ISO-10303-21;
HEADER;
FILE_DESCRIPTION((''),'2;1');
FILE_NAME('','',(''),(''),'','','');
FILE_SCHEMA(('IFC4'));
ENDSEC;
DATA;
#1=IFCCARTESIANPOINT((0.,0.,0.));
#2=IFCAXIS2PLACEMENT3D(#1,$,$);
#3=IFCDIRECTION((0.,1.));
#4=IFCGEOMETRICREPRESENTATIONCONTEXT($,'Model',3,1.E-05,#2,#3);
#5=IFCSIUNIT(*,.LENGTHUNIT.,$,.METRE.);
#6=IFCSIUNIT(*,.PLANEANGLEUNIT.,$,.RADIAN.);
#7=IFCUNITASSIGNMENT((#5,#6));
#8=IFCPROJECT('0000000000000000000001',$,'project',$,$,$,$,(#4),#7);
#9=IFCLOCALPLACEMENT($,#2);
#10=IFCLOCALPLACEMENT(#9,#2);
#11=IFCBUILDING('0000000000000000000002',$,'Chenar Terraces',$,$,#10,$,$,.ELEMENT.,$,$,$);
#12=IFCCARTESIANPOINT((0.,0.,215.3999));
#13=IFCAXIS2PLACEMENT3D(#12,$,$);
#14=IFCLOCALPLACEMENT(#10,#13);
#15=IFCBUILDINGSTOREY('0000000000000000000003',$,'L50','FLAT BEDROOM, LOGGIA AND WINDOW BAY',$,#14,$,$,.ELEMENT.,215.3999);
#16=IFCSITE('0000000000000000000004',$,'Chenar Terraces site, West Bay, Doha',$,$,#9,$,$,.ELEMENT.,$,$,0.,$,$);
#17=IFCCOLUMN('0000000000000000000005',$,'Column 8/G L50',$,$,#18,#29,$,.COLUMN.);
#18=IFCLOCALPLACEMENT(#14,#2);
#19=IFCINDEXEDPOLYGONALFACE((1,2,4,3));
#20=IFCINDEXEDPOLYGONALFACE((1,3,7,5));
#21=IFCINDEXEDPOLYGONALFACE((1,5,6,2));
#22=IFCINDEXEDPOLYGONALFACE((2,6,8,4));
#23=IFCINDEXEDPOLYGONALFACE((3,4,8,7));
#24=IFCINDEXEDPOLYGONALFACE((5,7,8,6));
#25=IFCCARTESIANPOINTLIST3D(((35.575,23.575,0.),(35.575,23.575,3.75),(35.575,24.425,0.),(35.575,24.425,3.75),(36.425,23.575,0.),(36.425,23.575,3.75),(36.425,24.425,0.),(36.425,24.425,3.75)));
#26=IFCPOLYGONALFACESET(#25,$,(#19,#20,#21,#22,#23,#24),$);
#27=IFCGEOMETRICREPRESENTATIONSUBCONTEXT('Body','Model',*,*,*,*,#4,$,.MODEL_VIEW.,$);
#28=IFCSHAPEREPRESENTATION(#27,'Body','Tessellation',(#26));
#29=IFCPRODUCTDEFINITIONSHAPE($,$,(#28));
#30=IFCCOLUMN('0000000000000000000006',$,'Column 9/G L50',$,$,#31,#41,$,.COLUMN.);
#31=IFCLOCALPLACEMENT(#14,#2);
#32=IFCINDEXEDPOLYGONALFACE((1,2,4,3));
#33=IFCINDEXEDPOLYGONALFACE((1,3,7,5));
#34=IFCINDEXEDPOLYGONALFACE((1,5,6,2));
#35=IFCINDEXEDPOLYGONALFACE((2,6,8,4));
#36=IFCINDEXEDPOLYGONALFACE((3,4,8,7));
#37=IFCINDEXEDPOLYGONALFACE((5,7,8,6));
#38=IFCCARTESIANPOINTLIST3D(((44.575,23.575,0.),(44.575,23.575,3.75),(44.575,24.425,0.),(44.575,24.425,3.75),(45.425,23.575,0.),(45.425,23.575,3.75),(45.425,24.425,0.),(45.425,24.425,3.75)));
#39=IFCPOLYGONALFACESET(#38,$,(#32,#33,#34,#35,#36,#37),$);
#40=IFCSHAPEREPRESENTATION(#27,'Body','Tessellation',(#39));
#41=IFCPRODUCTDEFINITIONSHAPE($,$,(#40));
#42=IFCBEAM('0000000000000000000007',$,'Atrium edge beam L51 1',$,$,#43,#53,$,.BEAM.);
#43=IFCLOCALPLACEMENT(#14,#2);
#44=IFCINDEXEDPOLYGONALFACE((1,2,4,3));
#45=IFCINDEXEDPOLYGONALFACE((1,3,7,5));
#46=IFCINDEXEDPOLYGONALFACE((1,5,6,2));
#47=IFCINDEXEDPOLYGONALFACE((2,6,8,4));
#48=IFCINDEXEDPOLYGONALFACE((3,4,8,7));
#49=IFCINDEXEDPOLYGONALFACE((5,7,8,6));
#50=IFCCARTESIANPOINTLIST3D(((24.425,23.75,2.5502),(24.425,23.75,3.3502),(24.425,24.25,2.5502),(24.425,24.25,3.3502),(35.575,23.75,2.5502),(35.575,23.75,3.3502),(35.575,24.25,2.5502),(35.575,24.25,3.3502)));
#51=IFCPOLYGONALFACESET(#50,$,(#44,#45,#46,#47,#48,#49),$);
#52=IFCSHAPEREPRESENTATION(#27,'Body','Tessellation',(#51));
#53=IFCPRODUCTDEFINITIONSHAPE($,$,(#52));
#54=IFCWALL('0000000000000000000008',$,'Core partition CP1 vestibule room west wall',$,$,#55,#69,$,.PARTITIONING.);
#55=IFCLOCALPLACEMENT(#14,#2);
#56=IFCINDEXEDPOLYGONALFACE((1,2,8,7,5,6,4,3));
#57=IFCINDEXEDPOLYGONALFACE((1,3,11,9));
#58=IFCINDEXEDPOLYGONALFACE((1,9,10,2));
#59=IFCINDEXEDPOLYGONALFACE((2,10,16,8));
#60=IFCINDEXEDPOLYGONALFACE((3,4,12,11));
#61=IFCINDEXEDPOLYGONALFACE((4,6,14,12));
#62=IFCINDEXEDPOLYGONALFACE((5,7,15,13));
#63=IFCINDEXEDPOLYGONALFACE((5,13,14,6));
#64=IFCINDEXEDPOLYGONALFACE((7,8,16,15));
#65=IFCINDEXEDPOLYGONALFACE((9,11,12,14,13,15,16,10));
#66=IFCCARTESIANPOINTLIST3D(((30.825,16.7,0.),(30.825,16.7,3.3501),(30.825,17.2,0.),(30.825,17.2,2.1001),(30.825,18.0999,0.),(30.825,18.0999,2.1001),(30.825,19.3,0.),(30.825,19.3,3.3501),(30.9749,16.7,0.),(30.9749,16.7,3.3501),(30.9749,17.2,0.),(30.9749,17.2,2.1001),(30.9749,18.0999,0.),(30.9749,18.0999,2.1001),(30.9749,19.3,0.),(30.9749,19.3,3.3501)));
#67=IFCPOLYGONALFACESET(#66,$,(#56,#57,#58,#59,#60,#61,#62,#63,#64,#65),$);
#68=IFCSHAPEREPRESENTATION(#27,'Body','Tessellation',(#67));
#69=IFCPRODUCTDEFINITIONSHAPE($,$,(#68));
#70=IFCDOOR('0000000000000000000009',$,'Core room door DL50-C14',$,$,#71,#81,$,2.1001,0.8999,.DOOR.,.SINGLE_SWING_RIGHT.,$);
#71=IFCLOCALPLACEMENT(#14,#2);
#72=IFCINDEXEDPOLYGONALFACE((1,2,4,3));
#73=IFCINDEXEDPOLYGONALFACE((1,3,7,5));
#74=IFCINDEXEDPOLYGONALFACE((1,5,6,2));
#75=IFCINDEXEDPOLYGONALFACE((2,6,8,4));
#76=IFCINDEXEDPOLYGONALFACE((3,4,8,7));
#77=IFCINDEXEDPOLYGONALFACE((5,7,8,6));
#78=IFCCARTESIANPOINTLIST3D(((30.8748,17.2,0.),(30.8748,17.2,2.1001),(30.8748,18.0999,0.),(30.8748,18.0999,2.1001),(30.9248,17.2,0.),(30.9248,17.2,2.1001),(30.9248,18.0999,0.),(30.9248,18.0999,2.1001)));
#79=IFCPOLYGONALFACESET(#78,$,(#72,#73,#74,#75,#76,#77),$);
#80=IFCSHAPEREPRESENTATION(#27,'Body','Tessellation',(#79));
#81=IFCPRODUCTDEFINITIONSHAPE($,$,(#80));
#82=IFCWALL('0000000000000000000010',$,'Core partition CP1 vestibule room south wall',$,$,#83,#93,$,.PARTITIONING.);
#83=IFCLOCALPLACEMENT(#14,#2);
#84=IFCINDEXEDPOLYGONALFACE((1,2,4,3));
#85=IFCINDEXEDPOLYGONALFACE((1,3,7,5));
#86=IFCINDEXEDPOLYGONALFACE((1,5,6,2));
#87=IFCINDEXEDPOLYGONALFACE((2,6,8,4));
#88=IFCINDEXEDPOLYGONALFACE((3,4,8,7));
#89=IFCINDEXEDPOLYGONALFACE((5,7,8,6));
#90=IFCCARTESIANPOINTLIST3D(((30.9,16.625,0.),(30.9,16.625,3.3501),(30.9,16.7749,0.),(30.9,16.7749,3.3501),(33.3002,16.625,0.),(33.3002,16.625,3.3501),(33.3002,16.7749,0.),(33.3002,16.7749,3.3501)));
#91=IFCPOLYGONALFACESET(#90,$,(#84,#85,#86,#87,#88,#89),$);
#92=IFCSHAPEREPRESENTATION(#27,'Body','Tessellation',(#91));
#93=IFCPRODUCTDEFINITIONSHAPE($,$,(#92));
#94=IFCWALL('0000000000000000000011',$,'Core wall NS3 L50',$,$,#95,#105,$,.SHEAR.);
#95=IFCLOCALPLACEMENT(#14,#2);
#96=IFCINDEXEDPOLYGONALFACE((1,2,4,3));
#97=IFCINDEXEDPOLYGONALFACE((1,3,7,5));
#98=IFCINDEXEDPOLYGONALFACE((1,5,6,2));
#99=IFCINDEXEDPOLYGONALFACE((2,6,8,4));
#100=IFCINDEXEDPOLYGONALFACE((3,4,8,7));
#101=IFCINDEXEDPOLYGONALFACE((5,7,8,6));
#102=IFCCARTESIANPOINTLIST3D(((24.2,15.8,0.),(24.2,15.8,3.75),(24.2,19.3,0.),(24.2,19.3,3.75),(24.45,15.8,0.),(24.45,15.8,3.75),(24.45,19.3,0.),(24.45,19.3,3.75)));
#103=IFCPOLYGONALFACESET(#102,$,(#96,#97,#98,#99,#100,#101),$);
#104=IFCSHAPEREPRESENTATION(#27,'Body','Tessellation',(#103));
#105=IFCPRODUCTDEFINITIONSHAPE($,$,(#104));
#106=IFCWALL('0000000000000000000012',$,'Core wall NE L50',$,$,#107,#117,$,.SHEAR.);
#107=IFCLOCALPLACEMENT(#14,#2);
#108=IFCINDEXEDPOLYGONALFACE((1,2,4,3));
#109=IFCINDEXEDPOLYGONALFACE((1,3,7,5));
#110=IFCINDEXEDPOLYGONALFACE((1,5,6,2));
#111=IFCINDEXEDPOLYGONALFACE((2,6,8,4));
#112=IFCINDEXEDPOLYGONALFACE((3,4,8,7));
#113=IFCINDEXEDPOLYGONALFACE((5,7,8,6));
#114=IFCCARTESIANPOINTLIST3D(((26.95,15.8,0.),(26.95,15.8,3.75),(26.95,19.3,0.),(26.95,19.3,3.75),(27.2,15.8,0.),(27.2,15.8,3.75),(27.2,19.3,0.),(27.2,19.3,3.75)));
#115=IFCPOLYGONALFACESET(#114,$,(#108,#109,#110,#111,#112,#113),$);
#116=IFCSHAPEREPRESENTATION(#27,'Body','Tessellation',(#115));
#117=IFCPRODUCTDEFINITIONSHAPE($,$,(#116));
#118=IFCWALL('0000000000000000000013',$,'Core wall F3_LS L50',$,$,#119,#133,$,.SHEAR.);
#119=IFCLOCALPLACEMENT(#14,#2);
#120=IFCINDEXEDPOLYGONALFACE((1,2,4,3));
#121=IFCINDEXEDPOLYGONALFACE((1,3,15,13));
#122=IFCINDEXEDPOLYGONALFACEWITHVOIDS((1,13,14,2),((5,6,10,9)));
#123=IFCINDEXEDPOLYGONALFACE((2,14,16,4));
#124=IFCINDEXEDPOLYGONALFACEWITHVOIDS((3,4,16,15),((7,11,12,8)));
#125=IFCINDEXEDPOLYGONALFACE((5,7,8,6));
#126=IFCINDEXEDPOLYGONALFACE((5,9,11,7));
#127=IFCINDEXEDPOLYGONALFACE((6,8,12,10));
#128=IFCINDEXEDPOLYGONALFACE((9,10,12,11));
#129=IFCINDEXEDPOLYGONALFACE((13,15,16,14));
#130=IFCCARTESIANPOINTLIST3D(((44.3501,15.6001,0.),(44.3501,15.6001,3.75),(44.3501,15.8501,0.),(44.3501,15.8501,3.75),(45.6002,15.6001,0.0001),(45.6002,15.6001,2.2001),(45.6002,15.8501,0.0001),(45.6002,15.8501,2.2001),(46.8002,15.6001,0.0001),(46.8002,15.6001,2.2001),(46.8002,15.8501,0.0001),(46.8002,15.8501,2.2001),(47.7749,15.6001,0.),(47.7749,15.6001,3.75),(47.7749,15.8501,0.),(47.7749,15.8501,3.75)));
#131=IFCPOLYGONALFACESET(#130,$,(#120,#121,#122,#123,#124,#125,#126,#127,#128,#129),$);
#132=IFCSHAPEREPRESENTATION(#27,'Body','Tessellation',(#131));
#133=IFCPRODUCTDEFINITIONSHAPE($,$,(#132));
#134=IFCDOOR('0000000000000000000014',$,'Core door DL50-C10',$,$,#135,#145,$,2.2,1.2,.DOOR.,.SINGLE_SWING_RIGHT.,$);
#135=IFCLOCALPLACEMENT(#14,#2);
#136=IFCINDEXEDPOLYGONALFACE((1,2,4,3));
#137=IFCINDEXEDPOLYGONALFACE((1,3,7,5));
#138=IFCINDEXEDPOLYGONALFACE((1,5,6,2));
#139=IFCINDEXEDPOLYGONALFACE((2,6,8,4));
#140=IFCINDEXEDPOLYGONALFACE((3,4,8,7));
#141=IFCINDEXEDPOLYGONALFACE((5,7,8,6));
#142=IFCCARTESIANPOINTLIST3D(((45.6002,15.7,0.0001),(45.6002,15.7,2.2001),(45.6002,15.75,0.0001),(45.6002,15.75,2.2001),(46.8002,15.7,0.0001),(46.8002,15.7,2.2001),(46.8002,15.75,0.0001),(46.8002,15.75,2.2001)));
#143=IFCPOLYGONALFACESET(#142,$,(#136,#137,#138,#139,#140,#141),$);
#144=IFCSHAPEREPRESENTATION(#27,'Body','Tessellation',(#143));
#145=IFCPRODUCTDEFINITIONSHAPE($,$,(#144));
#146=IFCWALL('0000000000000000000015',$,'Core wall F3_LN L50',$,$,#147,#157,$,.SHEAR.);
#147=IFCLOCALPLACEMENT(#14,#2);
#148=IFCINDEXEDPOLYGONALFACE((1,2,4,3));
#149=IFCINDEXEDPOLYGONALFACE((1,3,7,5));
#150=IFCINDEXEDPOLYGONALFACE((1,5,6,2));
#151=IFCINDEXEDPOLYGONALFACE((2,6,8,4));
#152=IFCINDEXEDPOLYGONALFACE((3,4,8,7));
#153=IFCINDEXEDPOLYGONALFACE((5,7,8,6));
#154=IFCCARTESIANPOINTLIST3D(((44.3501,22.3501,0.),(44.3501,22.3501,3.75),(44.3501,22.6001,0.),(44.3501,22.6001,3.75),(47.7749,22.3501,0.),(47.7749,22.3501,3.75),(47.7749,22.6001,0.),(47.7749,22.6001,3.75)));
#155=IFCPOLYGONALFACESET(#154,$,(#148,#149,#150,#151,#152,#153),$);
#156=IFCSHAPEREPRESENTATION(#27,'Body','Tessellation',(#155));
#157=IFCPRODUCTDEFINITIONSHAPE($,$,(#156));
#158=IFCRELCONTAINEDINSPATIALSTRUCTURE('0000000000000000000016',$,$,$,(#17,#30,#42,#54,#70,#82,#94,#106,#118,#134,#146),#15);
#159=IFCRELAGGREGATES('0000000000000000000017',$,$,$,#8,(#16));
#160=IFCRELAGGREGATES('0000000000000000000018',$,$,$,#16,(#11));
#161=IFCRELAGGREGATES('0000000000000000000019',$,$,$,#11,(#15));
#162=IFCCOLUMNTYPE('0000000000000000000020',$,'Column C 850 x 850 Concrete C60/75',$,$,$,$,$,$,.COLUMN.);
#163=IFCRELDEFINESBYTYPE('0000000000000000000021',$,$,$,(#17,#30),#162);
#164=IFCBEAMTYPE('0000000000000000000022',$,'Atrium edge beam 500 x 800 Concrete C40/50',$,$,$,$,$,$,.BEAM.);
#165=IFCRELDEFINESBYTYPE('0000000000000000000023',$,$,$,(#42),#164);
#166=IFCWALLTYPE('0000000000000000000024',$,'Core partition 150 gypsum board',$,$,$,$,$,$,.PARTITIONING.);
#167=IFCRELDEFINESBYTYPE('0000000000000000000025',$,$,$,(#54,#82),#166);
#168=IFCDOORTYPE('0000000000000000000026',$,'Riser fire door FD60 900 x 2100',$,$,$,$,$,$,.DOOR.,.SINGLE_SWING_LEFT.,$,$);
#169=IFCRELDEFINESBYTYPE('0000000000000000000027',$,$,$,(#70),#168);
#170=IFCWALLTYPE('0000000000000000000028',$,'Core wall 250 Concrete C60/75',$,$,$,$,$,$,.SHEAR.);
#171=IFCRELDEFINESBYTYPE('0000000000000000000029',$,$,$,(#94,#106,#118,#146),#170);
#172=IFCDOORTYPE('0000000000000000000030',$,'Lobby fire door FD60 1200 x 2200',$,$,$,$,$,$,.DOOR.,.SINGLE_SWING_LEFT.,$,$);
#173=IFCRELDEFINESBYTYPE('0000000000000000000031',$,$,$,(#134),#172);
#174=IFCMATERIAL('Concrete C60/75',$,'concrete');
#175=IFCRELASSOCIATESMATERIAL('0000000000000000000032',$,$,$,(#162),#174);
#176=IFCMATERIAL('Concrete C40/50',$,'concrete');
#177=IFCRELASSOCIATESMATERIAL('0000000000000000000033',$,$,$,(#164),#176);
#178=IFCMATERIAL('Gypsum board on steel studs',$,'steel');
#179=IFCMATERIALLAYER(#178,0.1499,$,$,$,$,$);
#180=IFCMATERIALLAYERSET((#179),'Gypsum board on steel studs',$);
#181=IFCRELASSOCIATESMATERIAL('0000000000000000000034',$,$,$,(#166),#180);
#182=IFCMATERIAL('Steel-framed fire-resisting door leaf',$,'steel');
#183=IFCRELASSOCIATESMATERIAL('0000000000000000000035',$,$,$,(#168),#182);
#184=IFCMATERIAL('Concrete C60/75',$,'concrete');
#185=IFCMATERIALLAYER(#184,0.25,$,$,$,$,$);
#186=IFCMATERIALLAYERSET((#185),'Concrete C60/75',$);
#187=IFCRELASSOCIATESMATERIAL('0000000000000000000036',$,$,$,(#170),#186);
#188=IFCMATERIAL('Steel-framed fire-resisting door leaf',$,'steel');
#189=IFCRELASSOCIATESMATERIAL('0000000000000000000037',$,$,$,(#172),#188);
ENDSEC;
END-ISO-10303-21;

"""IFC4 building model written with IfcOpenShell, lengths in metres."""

from ifc_helpers import new_model, si_unit, direction, frame, frame_2d, origin, origin_2d, place, context, subcontext, project, spatial, rectangle, extrude, material, layer, layer_set, material_profile, profile_set, type_object, element, fill, save


model = new_model("IFC4")

# Units and contexts
model_context = context("Model", 3, precision=1e-05, world=origin(), true_north=direction((0.0, 1.0)))
body_context = subcontext(model_context, "Body", "Model", "MODEL_VIEW")
ifc_project = project(units=[si_unit("LENGTHUNIT", "METRE"), si_unit("PLANEANGLEUNIT", "RADIAN")], contexts=[model_context])

# Site, building, storey
site_placement = place(None, origin())
site = spatial("IfcSite", under=ifc_project, at=site_placement, Name="Chenar Terraces site, West Bay, Doha", CompositionType="ELEMENT", RefElevation=0.0)
building_placement = place(site_placement, origin())
building = spatial("IfcBuilding", under=site, at=building_placement, Name="Chenar Terraces", CompositionType="ELEMENT")
storey_placement = place(building_placement, frame((0.0, 0.0, 215.3999)))
storey = spatial("IfcBuildingStorey", under=building, at=storey_placement, Name="L50", Description="FLAT BEDROOM, LOGGIA AND WINDOW BAY", CompositionType="ELEMENT", Elevation=215.3999)

# Columns
ifc_material_1 = material(Name="Concrete C60/75", Category="concrete")
ifc_material_profile_1 = material_profile(ifc_material_1, rectangle(XDim=0.8501, YDim=0.8501, at=origin_2d()), Name="C 850 x 850")
ifc_profile_set_1 = profile_set([ifc_material_profile_1], Name="Concrete C60/75")
column_type = type_object("IfcColumnType", Name="Column C 850 x 850 Concrete C60/75", PredefinedType="COLUMN", material=ifc_profile_set_1)
for number, where, z_axis, x_axis, name in (
    (1, (36.0, 24.0, 0.0), (0.0, 0.0, 1.0), (1.0, 0.0, 0.0), "Column 8/G L50"),
    (2, (45.0, 24.0, 0.0), (0.0, 0.0, 1.0), (1.0, 0.0, 0.0), "Column 9/G L50"),
):
    element("IfcColumn", number, at=place(storey_placement, frame(where, z_axis=z_axis, x_axis=x_axis)), inside=storey, type_object=column_type, Name=name, PredefinedType="COLUMN", context=body_context, shape_type="SweptSolid", body=[
        extrude(rectangle(XDim=0.8501, YDim=0.8501, at=origin_2d()), origin(), (0.0, 0.0, 1.0), 3.75),
    ])

# Beam
ifc_material_2 = material(Name="Concrete C40/50", Category="concrete")
ifc_material_profile_2 = material_profile(ifc_material_2, rectangle(XDim=0.5, YDim=0.8, at=origin_2d()), Name="RC 500 x 800")
ifc_profile_set_2 = profile_set([ifc_material_profile_2], Name="Concrete C40/50")
beam_type = type_object("IfcBeamType", Name="Atrium edge beam 500 x 800 Concrete C40/50", PredefinedType="BEAM", material=ifc_profile_set_2)
beam_placement = place(storey_placement, frame((24.425, 24.0, 2.9502), z_axis=(1.0, 0.0, 0.0), x_axis=(0.0, 1.0, 0.0)))
element("IfcBeam", 3, at=beam_placement, inside=storey, type_object=beam_type, Name="Atrium edge beam L51 1", PredefinedType="BEAM", context=body_context, shape_type="SweptSolid", body=[
    extrude(rectangle(XDim=0.5, YDim=0.8, at=origin_2d()), origin(), (0.0, 0.0, 1.0), 11.1499),
])

# Wall, opening, door
ifc_material_3 = material(Name="Gypsum board on steel studs", Category="steel")
ifc_layer_1 = layer(ifc_material_3, 0.1499)
ifc_layer_set_1 = layer_set([ifc_layer_1], Name="Gypsum board on steel studs")
wall_type_1 = type_object("IfcWallType", Name="Core partition 150 gypsum board", PredefinedType="PARTITIONING", material=ifc_layer_set_1)
wall_1_placement = place(storey_placement, frame((30.8999, 16.7, 0.0), z_axis=(0.0, 0.0, 1.0), x_axis=(0.0, 1.0, 0.0)))
wall_1 = element("IfcWall", 4, at=wall_1_placement, inside=storey, type_object=wall_type_1, Name="Core partition CP1 vestibule room west wall", PredefinedType="PARTITIONING", context=body_context, shape_type="SweptSolid", body=[
    extrude(rectangle(XDim=2.6001, YDim=0.1499, at=frame_2d((1.3, 0.0))), origin(), (0.0, 0.0, 1.0), 3.3501),
])
opening_1_placement = place(wall_1_placement, frame((0.5, 0.0, 0.0)))
opening_1 = element("IfcOpeningElement", 5, at=opening_1_placement, cuts=wall_1, PredefinedType="OPENING", context=body_context, shape_type="SweptSolid", body=[
    extrude(rectangle(XDim=0.8999, YDim=2.1001, at=frame_2d((0.45, 1.05))), frame((0.0, 0.085, 0.0), z_axis=(0.0, -1.0, 0.0), x_axis=(1.0, 0.0, 0.0)), (0.0, 0.0, 1.0), 0.1699),
])
ifc_material_4 = material(Name="Steel-framed fire-resisting door leaf", Category="steel")
door_type_1 = type_object("IfcDoorType", Name="Riser fire door FD60 900 x 2100", OperationType="SINGLE_SWING_LEFT", PredefinedType="DOOR", material=ifc_material_4)
door_1_placement = place(opening_1_placement, frame((0.8999, 0.0, 0.0), z_axis=(0.0, 0.0, 1.0), x_axis=(-1.0, 0.0, 0.0)))
door_1 = element("IfcDoor", 6, at=door_1_placement, inside=storey, type_object=door_type_1, Name="Core room door DL50-C14", OperationType="SINGLE_SWING_RIGHT", OverallHeight=2.1001, OverallWidth=0.8999, PredefinedType="DOOR", context=body_context, shape_type="SweptSolid", body=[
    extrude(rectangle(XDim=0.8999, YDim=2.1001, at=frame_2d((0.45, 1.05))), frame((0.0, 0.0249, 0.0), z_axis=(0.0, -1.0, 0.0), x_axis=(1.0, 0.0, 0.0)), (0.0, 0.0, 1.0), 0.05),
])
fill(opening_1, door_1)

# Walls
wall_2_placement = place(storey_placement, frame((30.8999, 16.7, 0.0), z_axis=(0.0, 0.0, 1.0), x_axis=(1.0, 0.0, 0.0)))
element("IfcWall", 7, at=wall_2_placement, inside=storey, type_object=wall_type_1, Name="Core partition CP1 vestibule room south wall", PredefinedType="PARTITIONING", context=body_context, shape_type="SweptSolid", body=[
    extrude(rectangle(XDim=2.4001, YDim=0.1499, at=frame_2d((1.2002, 0.0))), origin(), (0.0, 0.0, 1.0), 3.3501),
])
ifc_material_5 = material(Name="Concrete C60/75", Category="concrete")
ifc_layer_2 = layer(ifc_material_5, 0.25)
ifc_layer_set_2 = layer_set([ifc_layer_2], Name="Concrete C60/75")
wall_type_2 = type_object("IfcWallType", Name="Core wall 250 Concrete C60/75", PredefinedType="SHEAR", material=ifc_layer_set_2)
for number, where, z_axis, x_axis, name in (
    (8, (24.325, 15.8, 0.0), (0.0, 0.0, 1.0), (0.0, 1.0, 0.0), "Core wall NS3 L50"),
    (9, (27.075, 15.8, 0.0), (0.0, 0.0, 1.0), (0.0, 1.0, 0.0), "Core wall NE L50"),
):
    element("IfcWall", number, at=place(storey_placement, frame(where, z_axis=z_axis, x_axis=x_axis)), inside=storey, type_object=wall_type_2, Name=name, PredefinedType="SHEAR", context=body_context, shape_type="SweptSolid", body=[
        extrude(rectangle(XDim=3.5, YDim=0.25, at=frame_2d((1.75, 0.0))), origin(), (0.0, 0.0, 1.0), 3.75),
    ])

# Wall, opening, door
wall_3_placement = place(storey_placement, frame((44.3501, 15.7251, 0.0), z_axis=(0.0, 0.0, 1.0), x_axis=(1.0, 0.0, 0.0)))
wall_3 = element("IfcWall", 10, at=wall_3_placement, inside=storey, type_object=wall_type_2, Name="Core wall F3_LS L50", PredefinedType="SHEAR", context=body_context, shape_type="SweptSolid", body=[
    extrude(rectangle(XDim=3.4248, YDim=0.25, at=frame_2d((1.7124, 0.0))), origin(), (0.0, 0.0, 1.0), 3.75),
])
opening_2_placement = place(wall_3_placement, frame((1.25, 0.0, 0.0)))
opening_2 = element("IfcOpeningElement", 11, at=opening_2_placement, cuts=wall_3, PredefinedType="OPENING", context=body_context, shape_type="SweptSolid", body=[
    extrude(rectangle(XDim=1.2, YDim=2.2, at=frame_2d((0.6001, 1.1001))), frame((0.0, 0.135, 0.0), z_axis=(0.0, -1.0, 0.0), x_axis=(1.0, 0.0, 0.0)), (0.0, 0.0, 1.0), 0.27),
])
ifc_material_6 = material(Name="Steel-framed fire-resisting door leaf", Category="steel")
door_type_2 = type_object("IfcDoorType", Name="Lobby fire door FD60 1200 x 2200", OperationType="SINGLE_SWING_LEFT", PredefinedType="DOOR", material=ifc_material_6)
door_2_placement = place(opening_2_placement, origin())
door_2 = element("IfcDoor", 12, at=door_2_placement, inside=storey, type_object=door_type_2, Name="Core door DL50-C10", OperationType="SINGLE_SWING_RIGHT", OverallHeight=2.2, OverallWidth=1.2, PredefinedType="DOOR", context=body_context, shape_type="SweptSolid", body=[
    extrude(rectangle(XDim=1.2, YDim=2.2, at=frame_2d((0.6001, 1.1001))), frame((0.0, 0.0249, 0.0), z_axis=(0.0, -1.0, 0.0), x_axis=(1.0, 0.0, 0.0)), (0.0, 0.0, 1.0), 0.05),
])
fill(opening_2, door_2)

# Wall
wall_4_placement = place(storey_placement, frame((44.3501, 22.4751, 0.0), z_axis=(0.0, 0.0, 1.0), x_axis=(1.0, 0.0, 0.0)))
element("IfcWall", 13, at=wall_4_placement, inside=storey, type_object=wall_type_2, Name="Core wall F3_LN L50", PredefinedType="SHEAR", context=body_context, shape_type="SweptSolid", body=[
    extrude(rectangle(XDim=3.4248, YDim=0.25, at=frame_2d((1.7124, 0.0))), origin(), (0.0, 0.0, 1.0), 3.75),
])

save(model, "model.ifc")
